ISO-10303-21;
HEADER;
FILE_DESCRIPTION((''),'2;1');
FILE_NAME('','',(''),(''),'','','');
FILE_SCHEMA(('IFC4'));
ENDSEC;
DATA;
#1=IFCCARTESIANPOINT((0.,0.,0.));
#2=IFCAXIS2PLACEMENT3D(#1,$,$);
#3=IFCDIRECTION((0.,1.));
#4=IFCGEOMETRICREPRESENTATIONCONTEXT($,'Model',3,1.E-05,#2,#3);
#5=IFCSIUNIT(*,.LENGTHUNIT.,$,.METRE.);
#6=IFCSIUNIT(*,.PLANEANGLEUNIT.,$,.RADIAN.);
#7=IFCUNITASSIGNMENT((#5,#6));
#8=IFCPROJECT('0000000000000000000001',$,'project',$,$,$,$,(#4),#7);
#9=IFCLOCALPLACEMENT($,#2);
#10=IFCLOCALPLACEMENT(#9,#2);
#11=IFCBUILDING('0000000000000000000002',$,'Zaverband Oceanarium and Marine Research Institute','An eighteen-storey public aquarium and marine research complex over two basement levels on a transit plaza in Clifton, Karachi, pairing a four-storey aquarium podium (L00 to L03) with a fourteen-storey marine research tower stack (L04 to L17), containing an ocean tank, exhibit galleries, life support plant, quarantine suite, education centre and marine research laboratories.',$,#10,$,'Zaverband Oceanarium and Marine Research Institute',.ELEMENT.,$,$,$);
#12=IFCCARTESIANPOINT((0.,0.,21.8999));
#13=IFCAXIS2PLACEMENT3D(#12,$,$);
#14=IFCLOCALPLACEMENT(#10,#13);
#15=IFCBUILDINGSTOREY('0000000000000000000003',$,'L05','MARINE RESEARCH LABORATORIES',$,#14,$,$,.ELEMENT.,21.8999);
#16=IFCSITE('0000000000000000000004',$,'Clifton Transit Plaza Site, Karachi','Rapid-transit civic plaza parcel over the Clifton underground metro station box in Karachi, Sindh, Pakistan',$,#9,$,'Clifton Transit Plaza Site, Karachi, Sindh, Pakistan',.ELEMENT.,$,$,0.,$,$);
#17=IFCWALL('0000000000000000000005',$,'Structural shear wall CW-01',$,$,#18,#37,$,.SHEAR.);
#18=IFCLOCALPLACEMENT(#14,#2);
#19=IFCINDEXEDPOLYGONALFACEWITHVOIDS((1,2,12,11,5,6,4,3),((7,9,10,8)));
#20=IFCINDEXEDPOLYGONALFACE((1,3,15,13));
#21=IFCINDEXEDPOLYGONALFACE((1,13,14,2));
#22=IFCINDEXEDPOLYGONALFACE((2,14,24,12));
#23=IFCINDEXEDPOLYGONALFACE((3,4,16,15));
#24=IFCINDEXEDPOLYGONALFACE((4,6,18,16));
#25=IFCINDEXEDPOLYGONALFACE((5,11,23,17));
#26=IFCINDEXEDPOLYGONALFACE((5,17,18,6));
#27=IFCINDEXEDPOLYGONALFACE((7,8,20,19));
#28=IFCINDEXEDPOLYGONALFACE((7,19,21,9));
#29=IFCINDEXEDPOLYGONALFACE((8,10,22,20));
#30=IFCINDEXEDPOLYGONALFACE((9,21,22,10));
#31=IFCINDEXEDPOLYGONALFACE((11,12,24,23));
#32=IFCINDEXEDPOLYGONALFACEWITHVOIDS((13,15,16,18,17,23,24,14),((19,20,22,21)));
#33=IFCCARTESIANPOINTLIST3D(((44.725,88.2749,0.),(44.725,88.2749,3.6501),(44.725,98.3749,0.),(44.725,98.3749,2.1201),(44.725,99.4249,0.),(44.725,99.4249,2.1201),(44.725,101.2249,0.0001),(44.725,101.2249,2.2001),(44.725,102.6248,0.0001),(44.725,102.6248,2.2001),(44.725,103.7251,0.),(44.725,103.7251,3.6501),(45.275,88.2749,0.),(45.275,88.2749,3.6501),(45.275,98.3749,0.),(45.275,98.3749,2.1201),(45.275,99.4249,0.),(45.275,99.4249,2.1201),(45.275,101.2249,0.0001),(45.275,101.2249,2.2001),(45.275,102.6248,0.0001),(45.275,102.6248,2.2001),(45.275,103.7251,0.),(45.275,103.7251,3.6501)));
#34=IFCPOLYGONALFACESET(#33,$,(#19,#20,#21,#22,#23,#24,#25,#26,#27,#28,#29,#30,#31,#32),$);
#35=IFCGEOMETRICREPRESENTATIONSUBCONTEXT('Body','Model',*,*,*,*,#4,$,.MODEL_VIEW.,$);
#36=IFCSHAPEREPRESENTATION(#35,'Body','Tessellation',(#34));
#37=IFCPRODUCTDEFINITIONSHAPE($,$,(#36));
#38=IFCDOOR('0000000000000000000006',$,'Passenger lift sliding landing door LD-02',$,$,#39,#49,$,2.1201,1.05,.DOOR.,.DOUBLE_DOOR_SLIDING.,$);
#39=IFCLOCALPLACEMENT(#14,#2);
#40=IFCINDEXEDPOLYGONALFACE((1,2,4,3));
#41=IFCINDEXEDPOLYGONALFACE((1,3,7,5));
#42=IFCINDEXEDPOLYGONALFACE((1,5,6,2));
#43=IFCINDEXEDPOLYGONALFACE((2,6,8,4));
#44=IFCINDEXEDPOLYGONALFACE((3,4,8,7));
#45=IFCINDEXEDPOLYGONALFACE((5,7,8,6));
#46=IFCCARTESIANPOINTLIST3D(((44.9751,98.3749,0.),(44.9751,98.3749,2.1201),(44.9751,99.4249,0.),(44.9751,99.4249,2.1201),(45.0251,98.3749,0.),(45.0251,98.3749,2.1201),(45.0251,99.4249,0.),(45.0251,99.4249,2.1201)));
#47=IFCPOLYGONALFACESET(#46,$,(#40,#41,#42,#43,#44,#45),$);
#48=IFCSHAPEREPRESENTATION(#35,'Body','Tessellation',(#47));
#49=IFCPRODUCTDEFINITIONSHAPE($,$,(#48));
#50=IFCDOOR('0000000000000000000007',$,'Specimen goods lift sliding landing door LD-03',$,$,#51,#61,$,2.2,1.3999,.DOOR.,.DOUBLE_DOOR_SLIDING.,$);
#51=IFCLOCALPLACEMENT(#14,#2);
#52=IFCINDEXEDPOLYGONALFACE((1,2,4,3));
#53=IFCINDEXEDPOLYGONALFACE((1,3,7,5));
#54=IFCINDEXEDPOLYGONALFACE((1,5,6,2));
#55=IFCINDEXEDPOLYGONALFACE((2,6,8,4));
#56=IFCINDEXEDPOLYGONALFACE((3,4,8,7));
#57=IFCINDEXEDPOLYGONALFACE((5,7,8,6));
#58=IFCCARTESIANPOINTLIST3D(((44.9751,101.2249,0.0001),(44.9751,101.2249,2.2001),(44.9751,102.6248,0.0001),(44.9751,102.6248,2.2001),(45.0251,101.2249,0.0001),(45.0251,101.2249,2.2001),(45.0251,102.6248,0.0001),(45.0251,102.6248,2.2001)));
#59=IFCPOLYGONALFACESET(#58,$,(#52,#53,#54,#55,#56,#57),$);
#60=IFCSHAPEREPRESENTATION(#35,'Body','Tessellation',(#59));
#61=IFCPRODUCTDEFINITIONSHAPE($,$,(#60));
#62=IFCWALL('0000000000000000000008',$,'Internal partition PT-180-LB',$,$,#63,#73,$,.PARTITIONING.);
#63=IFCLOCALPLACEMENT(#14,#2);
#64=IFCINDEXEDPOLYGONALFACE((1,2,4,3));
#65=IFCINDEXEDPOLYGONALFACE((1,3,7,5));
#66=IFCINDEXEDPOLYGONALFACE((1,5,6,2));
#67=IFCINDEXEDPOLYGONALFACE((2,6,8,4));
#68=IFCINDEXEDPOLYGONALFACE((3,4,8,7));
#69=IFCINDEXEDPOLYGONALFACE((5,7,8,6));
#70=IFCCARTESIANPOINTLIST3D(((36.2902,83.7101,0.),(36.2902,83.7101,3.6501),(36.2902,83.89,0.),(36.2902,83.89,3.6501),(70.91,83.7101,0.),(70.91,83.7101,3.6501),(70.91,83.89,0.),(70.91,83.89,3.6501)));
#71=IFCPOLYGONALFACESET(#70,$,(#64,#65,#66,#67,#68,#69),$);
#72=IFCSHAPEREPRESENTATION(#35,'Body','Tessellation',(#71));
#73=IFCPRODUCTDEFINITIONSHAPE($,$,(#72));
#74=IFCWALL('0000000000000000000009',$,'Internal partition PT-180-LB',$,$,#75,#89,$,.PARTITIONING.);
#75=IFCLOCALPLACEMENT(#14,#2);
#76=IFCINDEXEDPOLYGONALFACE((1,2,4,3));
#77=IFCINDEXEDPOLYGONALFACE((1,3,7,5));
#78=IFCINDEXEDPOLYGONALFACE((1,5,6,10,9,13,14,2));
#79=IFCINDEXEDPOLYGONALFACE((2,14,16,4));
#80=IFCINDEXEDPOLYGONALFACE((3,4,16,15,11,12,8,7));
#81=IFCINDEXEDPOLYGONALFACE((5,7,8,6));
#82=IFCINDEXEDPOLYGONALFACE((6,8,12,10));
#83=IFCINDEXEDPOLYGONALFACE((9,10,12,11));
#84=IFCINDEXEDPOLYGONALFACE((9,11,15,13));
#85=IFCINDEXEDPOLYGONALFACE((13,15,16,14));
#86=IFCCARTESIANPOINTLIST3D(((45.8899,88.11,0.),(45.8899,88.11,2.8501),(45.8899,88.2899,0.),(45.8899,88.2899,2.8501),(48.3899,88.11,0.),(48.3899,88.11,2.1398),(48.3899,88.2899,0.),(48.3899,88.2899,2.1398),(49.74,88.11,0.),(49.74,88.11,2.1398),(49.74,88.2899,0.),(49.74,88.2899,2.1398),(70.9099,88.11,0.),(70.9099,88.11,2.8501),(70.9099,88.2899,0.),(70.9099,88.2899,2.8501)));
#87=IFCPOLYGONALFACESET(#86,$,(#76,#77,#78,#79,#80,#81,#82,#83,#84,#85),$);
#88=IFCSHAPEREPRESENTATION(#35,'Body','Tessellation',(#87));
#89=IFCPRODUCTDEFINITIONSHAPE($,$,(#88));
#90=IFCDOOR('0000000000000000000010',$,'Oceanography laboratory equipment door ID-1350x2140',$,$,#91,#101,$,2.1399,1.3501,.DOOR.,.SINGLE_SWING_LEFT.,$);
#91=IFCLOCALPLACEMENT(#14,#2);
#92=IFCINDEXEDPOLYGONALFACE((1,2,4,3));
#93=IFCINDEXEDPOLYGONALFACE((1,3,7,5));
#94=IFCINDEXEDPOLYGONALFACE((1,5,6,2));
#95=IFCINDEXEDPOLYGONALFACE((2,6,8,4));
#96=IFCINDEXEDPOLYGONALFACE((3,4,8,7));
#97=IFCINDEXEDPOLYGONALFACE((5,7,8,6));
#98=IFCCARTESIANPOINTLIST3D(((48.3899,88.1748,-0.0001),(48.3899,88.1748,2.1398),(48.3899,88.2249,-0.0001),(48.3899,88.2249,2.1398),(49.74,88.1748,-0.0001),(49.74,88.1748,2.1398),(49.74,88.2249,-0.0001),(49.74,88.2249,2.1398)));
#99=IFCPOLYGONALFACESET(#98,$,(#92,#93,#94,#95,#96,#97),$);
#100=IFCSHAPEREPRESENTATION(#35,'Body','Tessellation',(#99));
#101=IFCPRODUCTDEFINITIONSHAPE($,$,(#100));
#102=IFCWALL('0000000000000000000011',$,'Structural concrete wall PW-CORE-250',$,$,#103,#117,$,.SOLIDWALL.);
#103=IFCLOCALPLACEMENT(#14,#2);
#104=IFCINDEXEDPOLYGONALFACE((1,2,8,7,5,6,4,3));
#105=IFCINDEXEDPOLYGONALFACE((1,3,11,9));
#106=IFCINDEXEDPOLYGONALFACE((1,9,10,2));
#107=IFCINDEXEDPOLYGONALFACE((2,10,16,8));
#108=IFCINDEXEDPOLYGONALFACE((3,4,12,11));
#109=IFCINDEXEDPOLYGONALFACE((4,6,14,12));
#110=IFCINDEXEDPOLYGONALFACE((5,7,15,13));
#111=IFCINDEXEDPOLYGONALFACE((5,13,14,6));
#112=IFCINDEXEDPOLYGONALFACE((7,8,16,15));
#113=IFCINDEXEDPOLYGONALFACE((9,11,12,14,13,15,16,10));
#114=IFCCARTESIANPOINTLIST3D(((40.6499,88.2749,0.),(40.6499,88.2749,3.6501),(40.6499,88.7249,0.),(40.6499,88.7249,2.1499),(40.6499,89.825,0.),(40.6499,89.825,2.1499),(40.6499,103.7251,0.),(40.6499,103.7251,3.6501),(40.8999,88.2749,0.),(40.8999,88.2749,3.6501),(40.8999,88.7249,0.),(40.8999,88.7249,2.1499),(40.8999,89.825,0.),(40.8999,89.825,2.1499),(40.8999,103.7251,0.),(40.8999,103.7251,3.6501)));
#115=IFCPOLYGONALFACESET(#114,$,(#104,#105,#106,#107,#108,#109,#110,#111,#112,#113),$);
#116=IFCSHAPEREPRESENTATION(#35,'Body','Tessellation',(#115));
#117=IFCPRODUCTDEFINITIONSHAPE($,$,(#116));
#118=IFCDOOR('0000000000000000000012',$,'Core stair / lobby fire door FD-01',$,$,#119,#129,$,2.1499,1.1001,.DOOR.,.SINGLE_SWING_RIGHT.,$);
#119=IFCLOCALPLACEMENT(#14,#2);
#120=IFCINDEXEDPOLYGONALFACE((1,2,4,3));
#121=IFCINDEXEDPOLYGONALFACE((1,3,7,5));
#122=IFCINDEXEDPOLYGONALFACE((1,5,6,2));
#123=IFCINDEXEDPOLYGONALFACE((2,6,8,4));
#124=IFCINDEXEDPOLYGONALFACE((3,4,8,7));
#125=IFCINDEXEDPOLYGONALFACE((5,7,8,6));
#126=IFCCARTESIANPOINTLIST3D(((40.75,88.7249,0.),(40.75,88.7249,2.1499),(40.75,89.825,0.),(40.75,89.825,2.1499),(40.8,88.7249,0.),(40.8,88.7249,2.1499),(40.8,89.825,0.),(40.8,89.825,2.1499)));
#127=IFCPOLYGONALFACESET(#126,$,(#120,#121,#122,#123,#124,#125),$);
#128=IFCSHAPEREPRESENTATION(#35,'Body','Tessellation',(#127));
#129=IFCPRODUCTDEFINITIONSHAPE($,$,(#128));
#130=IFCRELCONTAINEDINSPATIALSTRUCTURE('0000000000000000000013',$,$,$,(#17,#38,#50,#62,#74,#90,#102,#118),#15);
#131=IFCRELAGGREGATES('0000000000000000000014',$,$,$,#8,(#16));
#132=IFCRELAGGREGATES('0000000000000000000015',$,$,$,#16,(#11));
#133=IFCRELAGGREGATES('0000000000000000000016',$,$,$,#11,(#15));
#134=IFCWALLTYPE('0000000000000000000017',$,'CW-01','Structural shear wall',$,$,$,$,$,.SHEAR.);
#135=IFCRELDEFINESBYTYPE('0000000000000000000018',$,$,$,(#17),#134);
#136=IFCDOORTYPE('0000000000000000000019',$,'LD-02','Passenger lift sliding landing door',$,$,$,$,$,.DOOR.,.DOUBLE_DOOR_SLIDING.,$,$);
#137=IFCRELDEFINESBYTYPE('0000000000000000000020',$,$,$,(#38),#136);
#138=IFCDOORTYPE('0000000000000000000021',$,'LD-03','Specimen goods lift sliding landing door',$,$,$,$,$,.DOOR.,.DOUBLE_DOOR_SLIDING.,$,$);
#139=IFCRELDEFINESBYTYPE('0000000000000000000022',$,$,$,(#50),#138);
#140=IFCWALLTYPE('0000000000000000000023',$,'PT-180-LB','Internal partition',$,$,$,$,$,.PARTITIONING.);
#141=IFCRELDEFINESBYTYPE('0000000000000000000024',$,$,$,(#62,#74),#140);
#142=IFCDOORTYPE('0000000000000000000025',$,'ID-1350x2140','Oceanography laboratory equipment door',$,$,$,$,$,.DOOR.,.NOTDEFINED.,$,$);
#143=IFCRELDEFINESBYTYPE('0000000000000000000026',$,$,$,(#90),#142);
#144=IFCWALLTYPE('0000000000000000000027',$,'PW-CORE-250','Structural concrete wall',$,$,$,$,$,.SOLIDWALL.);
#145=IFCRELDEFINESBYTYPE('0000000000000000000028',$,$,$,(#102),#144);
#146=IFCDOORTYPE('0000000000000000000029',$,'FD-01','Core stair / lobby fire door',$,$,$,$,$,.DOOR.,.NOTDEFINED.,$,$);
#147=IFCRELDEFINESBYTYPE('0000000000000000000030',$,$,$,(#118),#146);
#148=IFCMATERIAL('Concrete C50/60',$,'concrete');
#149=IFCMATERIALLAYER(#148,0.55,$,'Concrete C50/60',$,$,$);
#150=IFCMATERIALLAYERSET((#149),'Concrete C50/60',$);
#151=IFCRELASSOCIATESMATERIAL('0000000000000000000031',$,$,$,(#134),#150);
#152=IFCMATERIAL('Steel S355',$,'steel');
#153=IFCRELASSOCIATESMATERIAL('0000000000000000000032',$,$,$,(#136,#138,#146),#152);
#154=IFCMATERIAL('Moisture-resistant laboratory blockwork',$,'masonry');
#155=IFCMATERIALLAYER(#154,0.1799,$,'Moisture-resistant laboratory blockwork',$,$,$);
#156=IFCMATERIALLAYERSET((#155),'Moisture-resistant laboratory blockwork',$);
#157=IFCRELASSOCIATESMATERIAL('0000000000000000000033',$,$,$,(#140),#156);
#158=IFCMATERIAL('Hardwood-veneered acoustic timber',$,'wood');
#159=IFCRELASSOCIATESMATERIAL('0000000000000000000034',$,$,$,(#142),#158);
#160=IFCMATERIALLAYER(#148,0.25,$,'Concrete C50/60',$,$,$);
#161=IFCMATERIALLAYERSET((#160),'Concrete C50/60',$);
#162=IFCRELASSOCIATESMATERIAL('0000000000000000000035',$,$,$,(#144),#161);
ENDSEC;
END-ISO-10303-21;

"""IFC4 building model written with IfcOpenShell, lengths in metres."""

from ifc_helpers import new_model, si_unit, direction, frame, frame_2d, origin, place, context, subcontext, project, spatial, rectangle, extrude, material, layer, layer_set, type_object, element, fill, save


model = new_model("IFC4")

# Units and contexts
model_context = context("Model", 3, precision=1e-05, world=origin(), true_north=direction((0.0, 1.0)))
body_context = subcontext(model_context, "Body", "Model", "MODEL_VIEW")
ifc_project = project(units=[si_unit("LENGTHUNIT", "METRE"), si_unit("PLANEANGLEUNIT", "RADIAN")], contexts=[model_context])

# Site, building, storey
site_placement = place(None, origin())
site = spatial("IfcSite", under=ifc_project, at=site_placement, Name="Clifton Transit Plaza Site, Karachi", Description="Rapid-transit civic plaza parcel over the Clifton underground metro station box in Karachi, Sindh, Pakistan", LongName="Clifton Transit Plaza Site, Karachi, Sindh, Pakistan", CompositionType="ELEMENT", RefElevation=0.0)
building_placement = place(site_placement, origin())
building = spatial("IfcBuilding", under=site, at=building_placement, Name="Zaverband Oceanarium and Marine Research Institute", Description="An eighteen-storey public aquarium and marine research complex over two basement levels on a transit plaza in Clifton, Karachi, pairing a four-storey aquarium podium (L00 to L03) with a fourteen-storey marine research tower stack (L04 to L17), containing an ocean tank, exhibit galleries, life support plant, quarantine suite, education centre and marine research laboratories.", LongName="Zaverband Oceanarium and Marine Research Institute", CompositionType="ELEMENT")
storey_placement = place(building_placement, frame((0.0, 0.0, 21.8999)))
storey = spatial("IfcBuildingStorey", under=building, at=storey_placement, Name="L05", Description="MARINE RESEARCH LABORATORIES", CompositionType="ELEMENT", Elevation=21.8999)

# Shared definitions
ifc_material_1 = material(Name="Concrete C50/60", Category="concrete")

# Shared definitions
ifc_layer_1 = layer(ifc_material_1, 0.55, Name="Concrete C50/60")
ifc_layer_set_1 = layer_set([ifc_layer_1], Name="Concrete C50/60")
wall_type_1 = type_object("IfcWallType", Name="CW-01", Description="Structural shear wall", PredefinedType="SHEAR", material=ifc_layer_set_1)
ifc_material_2 = material(Name="Steel S355", Category="steel")

# Wall, openings, doors
wall_1_placement = place(storey_placement, frame((45.0, 88.2749, 0.0), z_axis=(0.0, 0.0, 1.0), x_axis=(0.0, 1.0, 0.0)))
wall_1 = element("IfcWall", 1, at=wall_1_placement, inside=storey, type_object=wall_type_1, Name="Structural shear wall CW-01", PredefinedType="SHEAR", context=body_context, shape_type="SweptSolid", body=[
    extrude(rectangle(XDim=15.4502, YDim=0.55, at=frame_2d((7.7251, 0.0))), origin(), (0.0, 0.0, 1.0), 3.6501),
])
opening_1_placement = place(wall_1_placement, frame((10.1001, 0.0, 0.0)))
opening_1 = element("IfcOpeningElement", 2, at=opening_1_placement, cuts=wall_1, PredefinedType="OPENING", context=body_context, shape_type="SweptSolid", body=[
    extrude(rectangle(XDim=1.05, YDim=2.1201, at=frame_2d((0.5249, 1.0601))), frame((0.0, 0.2871, 0.0), z_axis=(0.0, -1.0, 0.0), x_axis=(1.0, 0.0, 0.0)), (0.0, 0.0, 1.0), 0.574),
])
opening_2_placement = place(wall_1_placement, frame((12.95, 0.0, 0.0)))
opening_2 = element("IfcOpeningElement", 3, at=opening_2_placement, cuts=wall_1, PredefinedType="OPENING", context=body_context, shape_type="SweptSolid", body=[
    extrude(rectangle(XDim=1.3999, YDim=2.2, at=frame_2d((0.7, 1.1001))), frame((0.0, 0.2871, 0.0), z_axis=(0.0, -1.0, 0.0), x_axis=(1.0, 0.0, 0.0)), (0.0, 0.0, 1.0), 0.574),
])
door_type_1 = type_object("IfcDoorType", Name="LD-02", Description="Passenger lift sliding landing door", OperationType="DOUBLE_DOOR_SLIDING", PredefinedType="DOOR", material=ifc_material_2)
door_1_placement = place(opening_1_placement, origin())
door_1 = element("IfcDoor", 4, at=door_1_placement, inside=storey, type_object=door_type_1, Name="Passenger lift sliding landing door LD-02", OperationType="DOUBLE_DOOR_SLIDING", OverallHeight=2.1201, OverallWidth=1.05, PredefinedType="DOOR", context=body_context, shape_type="SweptSolid", body=[
    extrude(rectangle(XDim=1.05, YDim=2.1201, at=frame_2d((0.5249, 1.0601))), frame((0.0, 0.0249, 0.0), z_axis=(0.0, -1.0, 0.0), x_axis=(1.0, 0.0, 0.0)), (0.0, 0.0, 1.0), 0.05),
])
fill(opening_1, door_1)
door_type_2 = type_object("IfcDoorType", Name="LD-03", Description="Specimen goods lift sliding landing door", OperationType="DOUBLE_DOOR_SLIDING", PredefinedType="DOOR", material=ifc_material_2)
door_2_placement = place(opening_2_placement, origin())
door_2 = element("IfcDoor", 5, at=door_2_placement, inside=storey, type_object=door_type_2, Name="Specimen goods lift sliding landing door LD-03", OperationType="DOUBLE_DOOR_SLIDING", OverallHeight=2.2, OverallWidth=1.3999, PredefinedType="DOOR", context=body_context, shape_type="SweptSolid", body=[
    extrude(rectangle(XDim=1.3999, YDim=2.2, at=frame_2d((0.7, 1.1001))), frame((0.0, 0.0249, 0.0), z_axis=(0.0, -1.0, 0.0), x_axis=(1.0, 0.0, 0.0)), (0.0, 0.0, 1.0), 0.05),
])
fill(opening_2, door_2)

# Wall
ifc_material_3 = material(Name="Moisture-resistant laboratory blockwork", Category="masonry")
ifc_layer_2 = layer(ifc_material_3, 0.1799, Name="Moisture-resistant laboratory blockwork")
ifc_layer_set_2 = layer_set([ifc_layer_2], Name="Moisture-resistant laboratory blockwork")
wall_type_2 = type_object("IfcWallType", Name="PT-180-LB", Description="Internal partition", PredefinedType="PARTITIONING", material=ifc_layer_set_2)
wall_2_placement = place(storey_placement, frame((36.29, 83.8, 0.0), z_axis=(0.0, 0.0, 1.0), x_axis=(1.0, 0.0, 0.0)))
element("IfcWall", 6, at=wall_2_placement, inside=storey, type_object=wall_type_2, Name="Internal partition PT-180-LB", PredefinedType="PARTITIONING", context=body_context, shape_type="SweptSolid", body=[
    extrude(rectangle(XDim=34.6199, YDim=0.1799, at=frame_2d((17.3101, 0.0))), origin(), (0.0, 0.0, 1.0), 3.6501),
])

# Walls, openings, doors
wall_3_placement = place(storey_placement, frame((45.8899, 88.2, 0.0), z_axis=(0.0, 0.0, 1.0), x_axis=(1.0, 0.0, 0.0)))
wall_3 = element("IfcWall", 7, at=wall_3_placement, inside=storey, type_object=wall_type_2, Name="Internal partition PT-180-LB", PredefinedType="PARTITIONING", context=body_context, shape_type="SweptSolid", body=[
    extrude(rectangle(XDim=25.02, YDim=0.1799, at=frame_2d((12.51, 0.0))), origin(), (0.0, 0.0, 1.0), 2.8501),
])
opening_3_placement = place(wall_3_placement, frame((2.5, 0.0, 0.0)))
opening_3 = element("IfcOpeningElement", 8, at=opening_3_placement, cuts=wall_3, PredefinedType="OPENING", context=body_context, shape_type="SweptSolid", body=[
    extrude(rectangle(XDim=1.3501, YDim=2.1399, at=frame_2d((0.675, 1.0698))), frame((0.0, 0.1021, 0.0), z_axis=(0.0, -1.0, 0.0), x_axis=(1.0, 0.0, 0.0)), (0.0, 0.0, 1.0), 0.2039),
])
ifc_material_4 = material(Name="Hardwood-veneered acoustic timber", Category="wood")
door_type_3 = type_object("IfcDoorType", Name="ID-1350x2140", Description="Oceanography laboratory equipment door", OperationType="NOTDEFINED", PredefinedType="DOOR", material=ifc_material_4)
door_3_placement = place(opening_3_placement, origin())
door_3 = element("IfcDoor", 9, at=door_3_placement, inside=storey, type_object=door_type_3, Name="Oceanography laboratory equipment door ID-1350x2140", OperationType="SINGLE_SWING_LEFT", OverallHeight=2.1399, OverallWidth=1.3501, PredefinedType="DOOR", context=body_context, shape_type="SweptSolid", body=[
    extrude(rectangle(XDim=1.3501, YDim=2.1399, at=frame_2d((0.675, 1.0698))), frame((0.0, 0.0249, 0.0), z_axis=(0.0, -1.0, 0.0), x_axis=(1.0, 0.0, 0.0)), (0.0, 0.0, 1.0), 0.05),
])
fill(opening_3, door_3)
ifc_layer_3 = layer(ifc_material_1, 0.25, Name="Concrete C50/60")
ifc_layer_set_3 = layer_set([ifc_layer_3], Name="Concrete C50/60")
wall_type_3 = type_object("IfcWallType", Name="PW-CORE-250", Description="Structural concrete wall", PredefinedType="SOLIDWALL", material=ifc_layer_set_3)
wall_4_placement = place(storey_placement, frame((40.7749, 88.2749, 0.0), z_axis=(0.0, 0.0, 1.0), x_axis=(0.0, 1.0, 0.0)))
wall_4 = element("IfcWall", 10, at=wall_4_placement, inside=storey, type_object=wall_type_3, Name="Structural concrete wall PW-CORE-250", PredefinedType="SOLIDWALL", context=body_context, shape_type="SweptSolid", body=[
    extrude(rectangle(XDim=15.4502, YDim=0.25, at=frame_2d((7.7251, 0.0))), origin(), (0.0, 0.0, 1.0), 3.6501),
])
opening_4_placement = place(wall_4_placement, frame((0.45, 0.0, 0.0)))
opening_4 = element("IfcOpeningElement", 11, at=opening_4_placement, cuts=wall_4, PredefinedType="OPENING", context=body_context, shape_type="SweptSolid", body=[
    extrude(rectangle(XDim=1.1001, YDim=2.1499, at=frame_2d((0.55, 1.075))), frame((0.0, 0.137, 0.0), z_axis=(0.0, -1.0, 0.0), x_axis=(1.0, 0.0, 0.0)), (0.0, 0.0, 1.0), 0.2739),
])
door_type_4 = type_object("IfcDoorType", Name="FD-01", Description="Core stair / lobby fire door", OperationType="NOTDEFINED", PredefinedType="DOOR", material=ifc_material_2)
door_4_placement = place(opening_4_placement, origin())
door_4 = element("IfcDoor", 12, at=door_4_placement, inside=storey, type_object=door_type_4, Name="Core stair / lobby fire door FD-01", OperationType="SINGLE_SWING_RIGHT", OverallHeight=2.1499, OverallWidth=1.1001, PredefinedType="DOOR", context=body_context, shape_type="SweptSolid", body=[
    extrude(rectangle(XDim=1.1001, YDim=2.1499, at=frame_2d((0.55, 1.075))), frame((0.0, 0.0249, 0.0), z_axis=(0.0, -1.0, 0.0), x_axis=(1.0, 0.0, 0.0)), (0.0, 0.0, 1.0), 0.05),
])
fill(opening_4, door_4)

save(model, "model.ifc")
